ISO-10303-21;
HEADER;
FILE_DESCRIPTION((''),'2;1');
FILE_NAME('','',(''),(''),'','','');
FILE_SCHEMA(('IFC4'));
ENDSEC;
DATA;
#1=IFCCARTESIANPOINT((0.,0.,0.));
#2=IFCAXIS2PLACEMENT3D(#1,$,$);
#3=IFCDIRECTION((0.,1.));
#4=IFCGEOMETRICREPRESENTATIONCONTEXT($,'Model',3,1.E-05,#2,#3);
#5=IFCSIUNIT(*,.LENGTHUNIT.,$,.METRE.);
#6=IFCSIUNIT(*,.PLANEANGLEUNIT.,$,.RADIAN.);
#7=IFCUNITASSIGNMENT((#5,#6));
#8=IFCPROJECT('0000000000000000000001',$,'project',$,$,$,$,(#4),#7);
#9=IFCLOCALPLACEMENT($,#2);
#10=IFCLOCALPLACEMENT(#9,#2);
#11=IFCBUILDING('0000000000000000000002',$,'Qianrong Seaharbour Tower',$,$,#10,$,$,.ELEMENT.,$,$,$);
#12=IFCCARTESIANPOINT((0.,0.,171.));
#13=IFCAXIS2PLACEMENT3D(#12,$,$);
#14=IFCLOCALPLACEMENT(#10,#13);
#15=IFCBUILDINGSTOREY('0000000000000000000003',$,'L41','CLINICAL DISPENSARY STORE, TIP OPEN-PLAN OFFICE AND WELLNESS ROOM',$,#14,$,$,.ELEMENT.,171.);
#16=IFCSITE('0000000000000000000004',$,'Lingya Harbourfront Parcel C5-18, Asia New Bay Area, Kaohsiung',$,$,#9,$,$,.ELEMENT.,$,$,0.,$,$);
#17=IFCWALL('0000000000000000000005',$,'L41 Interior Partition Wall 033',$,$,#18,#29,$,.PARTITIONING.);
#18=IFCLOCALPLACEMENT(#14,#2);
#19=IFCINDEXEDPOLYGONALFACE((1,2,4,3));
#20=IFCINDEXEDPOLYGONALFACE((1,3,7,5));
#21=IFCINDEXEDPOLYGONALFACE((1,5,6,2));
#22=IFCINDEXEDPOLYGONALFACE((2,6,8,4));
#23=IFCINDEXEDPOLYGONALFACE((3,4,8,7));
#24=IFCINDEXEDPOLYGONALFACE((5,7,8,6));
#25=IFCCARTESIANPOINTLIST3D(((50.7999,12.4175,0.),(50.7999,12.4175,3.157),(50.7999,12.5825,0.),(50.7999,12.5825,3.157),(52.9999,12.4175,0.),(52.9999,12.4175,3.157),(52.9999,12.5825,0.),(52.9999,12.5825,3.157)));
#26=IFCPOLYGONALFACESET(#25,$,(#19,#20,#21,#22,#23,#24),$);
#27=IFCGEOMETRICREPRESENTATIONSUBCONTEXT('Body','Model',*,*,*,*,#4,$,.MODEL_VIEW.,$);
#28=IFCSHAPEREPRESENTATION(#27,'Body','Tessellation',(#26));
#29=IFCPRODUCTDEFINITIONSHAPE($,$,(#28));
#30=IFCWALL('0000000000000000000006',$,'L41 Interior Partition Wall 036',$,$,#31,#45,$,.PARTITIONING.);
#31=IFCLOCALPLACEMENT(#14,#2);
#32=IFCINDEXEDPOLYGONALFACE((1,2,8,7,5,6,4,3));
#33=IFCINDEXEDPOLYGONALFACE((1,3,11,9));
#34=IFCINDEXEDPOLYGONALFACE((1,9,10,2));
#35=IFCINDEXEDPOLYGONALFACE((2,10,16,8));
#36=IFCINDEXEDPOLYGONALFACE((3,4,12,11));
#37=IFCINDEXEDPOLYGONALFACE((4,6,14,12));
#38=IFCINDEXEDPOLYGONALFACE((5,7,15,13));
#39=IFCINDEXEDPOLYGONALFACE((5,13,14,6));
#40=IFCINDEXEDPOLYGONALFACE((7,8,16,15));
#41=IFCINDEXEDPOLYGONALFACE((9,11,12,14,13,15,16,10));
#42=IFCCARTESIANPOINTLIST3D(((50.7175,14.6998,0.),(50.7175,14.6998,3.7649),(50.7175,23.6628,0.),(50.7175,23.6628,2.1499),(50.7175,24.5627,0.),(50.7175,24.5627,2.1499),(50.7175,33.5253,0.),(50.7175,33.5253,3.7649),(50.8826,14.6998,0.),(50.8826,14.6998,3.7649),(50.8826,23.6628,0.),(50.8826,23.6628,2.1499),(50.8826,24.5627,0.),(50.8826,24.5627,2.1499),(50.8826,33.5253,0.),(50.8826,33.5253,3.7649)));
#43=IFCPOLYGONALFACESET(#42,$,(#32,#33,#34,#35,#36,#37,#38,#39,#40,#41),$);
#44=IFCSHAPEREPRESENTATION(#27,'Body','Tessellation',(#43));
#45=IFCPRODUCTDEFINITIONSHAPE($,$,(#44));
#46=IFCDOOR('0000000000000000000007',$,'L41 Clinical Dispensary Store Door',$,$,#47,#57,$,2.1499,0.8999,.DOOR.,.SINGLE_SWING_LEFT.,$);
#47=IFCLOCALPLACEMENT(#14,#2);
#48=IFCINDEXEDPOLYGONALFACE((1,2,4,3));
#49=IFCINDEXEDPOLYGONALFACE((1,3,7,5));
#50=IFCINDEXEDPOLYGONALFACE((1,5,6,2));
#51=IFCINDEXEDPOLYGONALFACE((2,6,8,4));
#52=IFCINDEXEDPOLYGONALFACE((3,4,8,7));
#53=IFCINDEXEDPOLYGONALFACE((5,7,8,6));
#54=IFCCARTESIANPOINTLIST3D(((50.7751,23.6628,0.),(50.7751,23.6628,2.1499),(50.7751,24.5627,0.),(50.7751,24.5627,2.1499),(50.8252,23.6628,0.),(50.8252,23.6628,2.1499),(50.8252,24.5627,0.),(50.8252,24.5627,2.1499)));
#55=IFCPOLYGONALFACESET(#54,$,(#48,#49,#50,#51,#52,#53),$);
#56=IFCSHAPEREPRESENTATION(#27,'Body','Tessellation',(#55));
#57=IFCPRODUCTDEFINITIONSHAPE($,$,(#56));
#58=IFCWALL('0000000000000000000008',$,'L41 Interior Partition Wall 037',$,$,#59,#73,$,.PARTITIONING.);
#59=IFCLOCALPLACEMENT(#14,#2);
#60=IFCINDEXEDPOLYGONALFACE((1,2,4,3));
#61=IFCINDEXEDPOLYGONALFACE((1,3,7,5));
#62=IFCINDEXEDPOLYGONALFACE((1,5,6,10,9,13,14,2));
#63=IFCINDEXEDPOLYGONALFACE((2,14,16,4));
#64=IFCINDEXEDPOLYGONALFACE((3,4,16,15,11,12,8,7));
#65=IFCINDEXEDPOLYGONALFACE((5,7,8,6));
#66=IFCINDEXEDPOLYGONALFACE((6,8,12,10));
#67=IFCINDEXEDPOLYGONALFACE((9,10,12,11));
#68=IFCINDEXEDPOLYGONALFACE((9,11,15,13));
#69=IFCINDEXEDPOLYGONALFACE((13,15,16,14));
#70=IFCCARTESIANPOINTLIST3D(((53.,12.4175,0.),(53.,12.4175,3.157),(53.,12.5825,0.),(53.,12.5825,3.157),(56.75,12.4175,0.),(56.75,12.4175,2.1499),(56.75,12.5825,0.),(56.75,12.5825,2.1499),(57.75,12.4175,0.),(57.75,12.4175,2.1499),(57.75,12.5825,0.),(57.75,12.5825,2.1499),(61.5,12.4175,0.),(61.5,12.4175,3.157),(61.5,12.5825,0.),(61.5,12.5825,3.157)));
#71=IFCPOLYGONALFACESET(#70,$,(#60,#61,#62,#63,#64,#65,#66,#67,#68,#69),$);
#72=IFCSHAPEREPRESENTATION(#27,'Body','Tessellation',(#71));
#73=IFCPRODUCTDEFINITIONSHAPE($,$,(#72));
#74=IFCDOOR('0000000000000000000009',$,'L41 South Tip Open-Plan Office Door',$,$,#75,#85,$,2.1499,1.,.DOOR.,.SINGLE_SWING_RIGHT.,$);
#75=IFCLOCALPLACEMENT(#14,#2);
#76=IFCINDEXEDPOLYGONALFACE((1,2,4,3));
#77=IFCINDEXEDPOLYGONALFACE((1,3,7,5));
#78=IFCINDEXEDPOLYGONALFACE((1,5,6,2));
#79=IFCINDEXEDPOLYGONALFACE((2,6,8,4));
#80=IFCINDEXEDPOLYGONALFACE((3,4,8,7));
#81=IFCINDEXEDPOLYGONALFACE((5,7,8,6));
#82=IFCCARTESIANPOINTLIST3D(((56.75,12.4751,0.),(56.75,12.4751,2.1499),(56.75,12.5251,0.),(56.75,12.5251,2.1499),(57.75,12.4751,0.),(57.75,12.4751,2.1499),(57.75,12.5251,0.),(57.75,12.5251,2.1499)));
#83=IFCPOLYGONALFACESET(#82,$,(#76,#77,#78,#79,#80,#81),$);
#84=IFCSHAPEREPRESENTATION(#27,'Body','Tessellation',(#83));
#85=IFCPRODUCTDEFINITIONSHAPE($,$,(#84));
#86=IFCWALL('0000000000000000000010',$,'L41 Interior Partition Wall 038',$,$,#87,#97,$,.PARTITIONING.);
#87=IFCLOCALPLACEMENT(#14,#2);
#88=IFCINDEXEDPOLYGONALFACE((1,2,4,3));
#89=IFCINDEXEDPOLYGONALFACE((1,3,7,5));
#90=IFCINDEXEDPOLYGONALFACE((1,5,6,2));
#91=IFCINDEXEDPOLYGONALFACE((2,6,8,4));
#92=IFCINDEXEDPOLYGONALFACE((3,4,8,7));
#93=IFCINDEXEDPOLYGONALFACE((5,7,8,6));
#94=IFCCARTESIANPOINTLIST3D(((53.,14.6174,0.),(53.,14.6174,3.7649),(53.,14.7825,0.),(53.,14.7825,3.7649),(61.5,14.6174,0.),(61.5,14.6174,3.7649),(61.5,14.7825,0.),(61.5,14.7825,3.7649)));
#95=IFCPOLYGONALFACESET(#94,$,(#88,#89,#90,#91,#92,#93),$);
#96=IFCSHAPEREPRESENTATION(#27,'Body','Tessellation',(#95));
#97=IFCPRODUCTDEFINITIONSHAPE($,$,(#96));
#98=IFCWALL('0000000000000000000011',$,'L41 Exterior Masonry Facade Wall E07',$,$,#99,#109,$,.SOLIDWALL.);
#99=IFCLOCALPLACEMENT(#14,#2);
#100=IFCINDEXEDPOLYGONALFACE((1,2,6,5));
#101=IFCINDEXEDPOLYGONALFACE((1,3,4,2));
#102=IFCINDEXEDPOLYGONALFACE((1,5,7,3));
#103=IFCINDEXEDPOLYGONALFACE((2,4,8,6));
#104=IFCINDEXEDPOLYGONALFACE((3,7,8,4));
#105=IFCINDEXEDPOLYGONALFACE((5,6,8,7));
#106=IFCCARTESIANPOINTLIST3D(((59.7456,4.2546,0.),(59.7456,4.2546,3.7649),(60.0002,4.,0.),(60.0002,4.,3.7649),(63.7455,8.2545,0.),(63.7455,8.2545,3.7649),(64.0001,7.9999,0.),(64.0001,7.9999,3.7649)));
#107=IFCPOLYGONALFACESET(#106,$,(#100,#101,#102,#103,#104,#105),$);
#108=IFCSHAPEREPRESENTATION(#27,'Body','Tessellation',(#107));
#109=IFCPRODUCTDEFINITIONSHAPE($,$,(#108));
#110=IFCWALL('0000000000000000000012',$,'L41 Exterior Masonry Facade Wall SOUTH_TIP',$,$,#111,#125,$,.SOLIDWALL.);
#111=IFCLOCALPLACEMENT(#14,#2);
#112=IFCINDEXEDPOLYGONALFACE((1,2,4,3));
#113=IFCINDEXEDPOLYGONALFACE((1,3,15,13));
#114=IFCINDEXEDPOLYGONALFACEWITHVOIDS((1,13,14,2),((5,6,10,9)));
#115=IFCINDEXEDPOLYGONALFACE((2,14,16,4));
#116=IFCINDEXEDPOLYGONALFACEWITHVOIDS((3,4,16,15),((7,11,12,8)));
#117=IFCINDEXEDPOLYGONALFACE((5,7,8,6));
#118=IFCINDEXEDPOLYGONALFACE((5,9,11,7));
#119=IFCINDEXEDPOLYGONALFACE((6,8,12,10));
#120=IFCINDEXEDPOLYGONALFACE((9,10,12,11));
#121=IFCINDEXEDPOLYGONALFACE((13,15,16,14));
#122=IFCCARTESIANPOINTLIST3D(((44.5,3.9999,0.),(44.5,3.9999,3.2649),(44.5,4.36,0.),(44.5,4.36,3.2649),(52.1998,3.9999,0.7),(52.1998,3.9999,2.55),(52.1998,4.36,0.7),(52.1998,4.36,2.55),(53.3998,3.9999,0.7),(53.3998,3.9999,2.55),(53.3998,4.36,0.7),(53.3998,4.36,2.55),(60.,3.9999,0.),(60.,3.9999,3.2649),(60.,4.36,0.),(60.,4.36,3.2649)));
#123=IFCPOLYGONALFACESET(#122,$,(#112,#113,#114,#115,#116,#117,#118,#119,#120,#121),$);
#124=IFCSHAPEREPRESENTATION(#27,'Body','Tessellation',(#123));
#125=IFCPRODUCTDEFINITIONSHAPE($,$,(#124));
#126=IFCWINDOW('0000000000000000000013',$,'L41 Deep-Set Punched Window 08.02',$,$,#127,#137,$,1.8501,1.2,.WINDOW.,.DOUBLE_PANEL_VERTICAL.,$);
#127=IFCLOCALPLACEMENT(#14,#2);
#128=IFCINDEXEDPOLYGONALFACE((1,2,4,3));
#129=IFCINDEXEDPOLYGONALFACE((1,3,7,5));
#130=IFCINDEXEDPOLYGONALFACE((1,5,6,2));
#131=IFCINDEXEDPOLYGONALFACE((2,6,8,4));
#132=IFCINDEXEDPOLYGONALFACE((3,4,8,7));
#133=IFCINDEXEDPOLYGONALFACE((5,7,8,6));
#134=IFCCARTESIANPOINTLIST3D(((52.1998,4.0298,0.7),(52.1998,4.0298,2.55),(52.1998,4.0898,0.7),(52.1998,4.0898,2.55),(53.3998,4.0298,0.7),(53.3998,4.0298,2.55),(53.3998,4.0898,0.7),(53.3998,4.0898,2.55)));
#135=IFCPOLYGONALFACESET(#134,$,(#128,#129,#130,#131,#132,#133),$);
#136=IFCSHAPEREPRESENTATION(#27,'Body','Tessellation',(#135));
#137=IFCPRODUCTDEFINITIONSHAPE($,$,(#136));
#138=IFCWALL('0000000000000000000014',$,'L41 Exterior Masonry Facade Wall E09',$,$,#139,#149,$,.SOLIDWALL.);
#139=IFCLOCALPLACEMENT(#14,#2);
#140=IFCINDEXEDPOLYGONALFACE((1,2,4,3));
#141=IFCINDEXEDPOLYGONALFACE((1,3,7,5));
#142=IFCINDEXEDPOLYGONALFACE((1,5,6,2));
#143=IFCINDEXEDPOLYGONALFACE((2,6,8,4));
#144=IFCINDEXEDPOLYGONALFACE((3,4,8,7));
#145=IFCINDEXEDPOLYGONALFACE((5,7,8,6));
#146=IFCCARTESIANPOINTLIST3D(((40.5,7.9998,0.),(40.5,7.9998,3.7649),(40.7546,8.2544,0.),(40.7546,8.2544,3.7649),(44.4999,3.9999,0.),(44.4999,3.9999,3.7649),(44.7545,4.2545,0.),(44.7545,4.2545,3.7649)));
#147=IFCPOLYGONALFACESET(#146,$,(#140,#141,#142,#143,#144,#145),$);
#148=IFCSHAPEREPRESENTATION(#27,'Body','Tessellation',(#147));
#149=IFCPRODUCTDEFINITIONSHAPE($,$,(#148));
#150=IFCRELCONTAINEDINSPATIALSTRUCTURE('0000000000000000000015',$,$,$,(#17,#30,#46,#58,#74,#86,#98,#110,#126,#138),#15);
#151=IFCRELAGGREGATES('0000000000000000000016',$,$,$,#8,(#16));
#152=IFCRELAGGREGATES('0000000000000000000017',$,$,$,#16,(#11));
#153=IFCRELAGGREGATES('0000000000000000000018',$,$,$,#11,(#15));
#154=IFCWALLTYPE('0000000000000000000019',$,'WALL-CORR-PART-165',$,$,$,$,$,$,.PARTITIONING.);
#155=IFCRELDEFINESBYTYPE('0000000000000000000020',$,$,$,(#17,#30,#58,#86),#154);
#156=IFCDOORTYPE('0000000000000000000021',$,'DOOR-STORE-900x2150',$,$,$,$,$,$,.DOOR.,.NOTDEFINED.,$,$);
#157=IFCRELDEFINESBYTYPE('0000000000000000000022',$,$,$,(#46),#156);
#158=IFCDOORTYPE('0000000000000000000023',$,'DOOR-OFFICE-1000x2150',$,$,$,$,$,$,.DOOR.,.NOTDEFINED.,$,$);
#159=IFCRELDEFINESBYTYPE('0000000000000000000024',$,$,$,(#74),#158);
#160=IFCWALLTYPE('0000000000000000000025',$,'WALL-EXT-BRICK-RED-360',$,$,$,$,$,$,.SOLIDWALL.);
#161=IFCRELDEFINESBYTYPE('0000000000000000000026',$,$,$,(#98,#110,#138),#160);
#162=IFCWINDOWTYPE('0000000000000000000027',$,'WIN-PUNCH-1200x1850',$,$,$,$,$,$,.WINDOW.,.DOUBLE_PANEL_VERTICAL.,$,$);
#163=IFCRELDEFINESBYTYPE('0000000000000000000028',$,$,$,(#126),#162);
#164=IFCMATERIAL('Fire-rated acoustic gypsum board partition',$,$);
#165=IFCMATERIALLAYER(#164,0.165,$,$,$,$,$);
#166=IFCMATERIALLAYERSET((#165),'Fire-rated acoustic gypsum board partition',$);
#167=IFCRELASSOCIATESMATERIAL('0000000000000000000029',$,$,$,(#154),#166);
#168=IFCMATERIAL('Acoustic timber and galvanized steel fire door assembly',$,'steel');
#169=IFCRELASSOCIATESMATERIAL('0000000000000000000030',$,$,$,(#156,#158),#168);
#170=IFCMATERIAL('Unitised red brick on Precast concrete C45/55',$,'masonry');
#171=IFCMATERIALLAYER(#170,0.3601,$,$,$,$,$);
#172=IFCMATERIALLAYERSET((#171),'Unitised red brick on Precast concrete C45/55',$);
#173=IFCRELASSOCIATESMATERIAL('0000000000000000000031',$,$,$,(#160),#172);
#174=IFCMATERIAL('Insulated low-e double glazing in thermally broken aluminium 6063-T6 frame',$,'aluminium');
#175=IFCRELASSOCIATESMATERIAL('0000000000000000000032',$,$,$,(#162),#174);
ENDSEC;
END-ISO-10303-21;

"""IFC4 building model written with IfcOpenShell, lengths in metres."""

from ifc_helpers import new_model, si_unit, direction, frame, frame_2d, origin, place, context, subcontext, project, spatial, rectangle, extrude, material, layer, layer_set, type_object, element, fill, save


model = new_model("IFC4")

# Units and contexts
model_context = context("Model", 3, precision=1e-05, world=origin(), true_north=direction((0.0, 1.0)))
body_context = subcontext(model_context, "Body", "Model", "MODEL_VIEW")
ifc_project = project(units=[si_unit("LENGTHUNIT", "METRE"), si_unit("PLANEANGLEUNIT", "RADIAN")], contexts=[model_context])

# Site, building, storey
site_placement = place(None, origin())
site = spatial("IfcSite", under=ifc_project, at=site_placement, Name="Lingya Harbourfront Parcel C5-18, Asia New Bay Area, Kaohsiung", CompositionType="ELEMENT", RefElevation=0.0)
building_placement = place(site_placement, origin())
building = spatial("IfcBuilding", under=site, at=building_placement, Name="Qianrong Seaharbour Tower", CompositionType="ELEMENT")
storey_placement = place(building_placement, frame((0.0, 0.0, 171.0)))
storey = spatial("IfcBuildingStorey", under=building, at=storey_placement, Name="L41", Description="CLINICAL DISPENSARY STORE, TIP OPEN-PLAN OFFICE AND WELLNESS ROOM", CompositionType="ELEMENT", Elevation=171.0)

# Wall
ifc_material_1 = material(Name="Fire-rated acoustic gypsum board partition")
ifc_layer_1 = layer(ifc_material_1, 0.165)
ifc_layer_set_1 = layer_set([ifc_layer_1], Name="Fire-rated acoustic gypsum board partition")
wall_type_1 = type_object("IfcWallType", Name="WALL-CORR-PART-165", PredefinedType="PARTITIONING", material=ifc_layer_set_1)
wall_1_placement = place(storey_placement, frame((53.0, 12.5, 0.0), z_axis=(0.0, 0.0, 1.0), x_axis=(-1.0, 0.0, 0.0)))
element("IfcWall", 1, at=wall_1_placement, inside=storey, type_object=wall_type_1, Name="L41 Interior Partition Wall 033", PredefinedType="PARTITIONING", context=body_context, shape_type="SweptSolid", body=[
    extrude(rectangle(XDim=2.2, YDim=0.165, at=frame_2d((1.1001, 0.0))), origin(), (0.0, 0.0, 1.0), 3.157),
])

# Walls, openings, doors
wall_2_placement = place(storey_placement, frame((50.8, 14.7, 0.0), z_axis=(0.0, 0.0, 1.0), x_axis=(0.0, 1.0, 0.0)))
wall_2 = element("IfcWall", 2, at=wall_2_placement, inside=storey, type_object=wall_type_1, Name="L41 Interior Partition Wall 036", PredefinedType="PARTITIONING", context=body_context, shape_type="SweptSolid", body=[
    extrude(rectangle(XDim=18.8254, YDim=0.165, at=frame_2d((9.4126, 0.0))), origin(), (0.0, 0.0, 1.0), 3.7649),
])
opening_1_placement = place(wall_2_placement, frame((8.9629, 0.0, 0.0)))
opening_1 = element("IfcOpeningElement", 3, at=opening_1_placement, cuts=wall_2, PredefinedType="OPENING", context=body_context, shape_type="SweptSolid", body=[
    extrude(rectangle(XDim=0.8999, YDim=2.1499, at=frame_2d((0.45, 1.075))), frame((0.0, 0.0925, 0.0), z_axis=(0.0, -1.0, 0.0), x_axis=(1.0, 0.0, 0.0)), (0.0, 0.0, 1.0), 0.1851),
])
ifc_material_2 = material(Name="Acoustic timber and galvanized steel fire door assembly", Category="steel")
door_type_1 = type_object("IfcDoorType", Name="DOOR-STORE-900x2150", OperationType="NOTDEFINED", PredefinedType="DOOR", material=ifc_material_2)
door_1_placement = place(opening_1_placement, origin())
door_1 = element("IfcDoor", 4, at=door_1_placement, inside=storey, type_object=door_type_1, Name="L41 Clinical Dispensary Store Door", OperationType="SINGLE_SWING_LEFT", OverallHeight=2.1499, OverallWidth=0.8999, PredefinedType="DOOR", context=body_context, shape_type="SweptSolid", body=[
    extrude(rectangle(XDim=0.8999, YDim=2.1499, at=frame_2d((0.45, 1.075))), frame((0.0, 0.0249, 0.0), z_axis=(0.0, -1.0, 0.0), x_axis=(1.0, 0.0, 0.0)), (0.0, 0.0, 1.0), 0.05),
])
fill(opening_1, door_1)
wall_3_placement = place(storey_placement, frame((61.5, 12.5, 0.0), z_axis=(0.0, 0.0, 1.0), x_axis=(-1.0, 0.0, 0.0)))
wall_3 = element("IfcWall", 5, at=wall_3_placement, inside=storey, type_object=wall_type_1, Name="L41 Interior Partition Wall 037", PredefinedType="PARTITIONING", context=body_context, shape_type="SweptSolid", body=[
    extrude(rectangle(XDim=8.5, YDim=0.165, at=frame_2d((4.25, 0.0))), origin(), (0.0, 0.0, 1.0), 3.157),
])
opening_2_placement = place(wall_3_placement, frame((3.75, 0.0, 0.0)))
opening_2 = element("IfcOpeningElement", 6, at=opening_2_placement, cuts=wall_3, PredefinedType="OPENING", context=body_context, shape_type="SweptSolid", body=[
    extrude(rectangle(XDim=1.0, YDim=2.1499, at=frame_2d((0.5, 1.075))), frame((0.0, 0.0925, 0.0), z_axis=(0.0, -1.0, 0.0), x_axis=(1.0, 0.0, 0.0)), (0.0, 0.0, 1.0), 0.1851),
])
door_type_2 = type_object("IfcDoorType", Name="DOOR-OFFICE-1000x2150", OperationType="NOTDEFINED", PredefinedType="DOOR", material=ifc_material_2)
door_2_placement = place(opening_2_placement, origin())
door_2 = element("IfcDoor", 7, at=door_2_placement, inside=storey, type_object=door_type_2, Name="L41 South Tip Open-Plan Office Door", OperationType="SINGLE_SWING_RIGHT", OverallHeight=2.1499, OverallWidth=1.0, PredefinedType="DOOR", context=body_context, shape_type="SweptSolid", body=[
    extrude(rectangle(XDim=1.0, YDim=2.1499, at=frame_2d((0.5, 1.075))), frame((0.0, 0.0249, 0.0), z_axis=(0.0, -1.0, 0.0), x_axis=(1.0, 0.0, 0.0)), (0.0, 0.0, 1.0), 0.05),
])
fill(opening_2, door_2)

# Walls
wall_4_placement = place(storey_placement, frame((53.0, 14.7, 0.0), z_axis=(0.0, 0.0, 1.0), x_axis=(1.0, 0.0, 0.0)))
element("IfcWall", 8, at=wall_4_placement, inside=storey, type_object=wall_type_1, Name="L41 Interior Partition Wall 038", PredefinedType="PARTITIONING", context=body_context, shape_type="SweptSolid", body=[
    extrude(rectangle(XDim=8.5, YDim=0.165, at=frame_2d((4.25, 0.0))), origin(), (0.0, 0.0, 1.0), 3.7649),
])
ifc_material_3 = material(Name="Unitised red brick on Precast concrete C45/55", Category="masonry")
ifc_layer_2 = layer(ifc_material_3, 0.3601)
ifc_layer_set_2 = layer_set([ifc_layer_2], Name="Unitised red brick on Precast concrete C45/55")
wall_type_2 = type_object("IfcWallType", Name="WALL-EXT-BRICK-RED-360", PredefinedType="SOLIDWALL", material=ifc_layer_set_2)
wall_5_placement = place(storey_placement, frame((63.8728, 8.1272, 0.0), z_axis=(0.0, 0.0, 1.0), x_axis=(-0.707107, -0.707107, 0.0)))
element("IfcWall", 9, at=wall_5_placement, inside=storey, type_object=wall_type_2, Name="L41 Exterior Masonry Facade Wall E07", PredefinedType="SOLIDWALL", context=body_context, shape_type="SweptSolid", body=[
    extrude(rectangle(XDim=5.6567, YDim=0.3601, at=frame_2d((2.8284, 0.0))), origin(), (0.0, 0.0, 1.0), 3.7649),
])

# Wall, opening, window
wall_6_placement = place(storey_placement, frame((60.0, 4.1799, 0.0), z_axis=(0.0, 0.0, 1.0), x_axis=(-1.0, 0.0, 0.0)))
wall_6 = element("IfcWall", 10, at=wall_6_placement, inside=storey, type_object=wall_type_2, Name="L41 Exterior Masonry Facade Wall SOUTH_TIP", PredefinedType="SOLIDWALL", context=body_context, shape_type="SweptSolid", body=[
    extrude(rectangle(XDim=15.5, YDim=0.3601, at=frame_2d((7.75, 0.0))), origin(), (0.0, 0.0, 1.0), 3.2649),
])
opening_3_placement = place(wall_6_placement, frame((6.6001, 0.0, 0.7)))
opening_3 = element("IfcOpeningElement", 11, at=opening_3_placement, cuts=wall_6, PredefinedType="OPENING", context=body_context, shape_type="SweptSolid", body=[
    extrude(rectangle(XDim=1.2, YDim=1.8501, at=frame_2d((0.6001, 0.925))), frame((0.0, 0.1899, 0.0), z_axis=(0.0, -1.0, 0.0), x_axis=(1.0, 0.0, 0.0)), (0.0, 0.0, 1.0), 0.3801),
])
ifc_material_4 = material(Name="Insulated low-e double glazing in thermally broken aluminium 6063-T6 frame", Category="aluminium")
window_type = type_object("IfcWindowType", Name="WIN-PUNCH-1200x1850", PartitioningType="DOUBLE_PANEL_VERTICAL", PredefinedType="WINDOW", material=ifc_material_4)
window_placement = place(opening_3_placement, origin())
window = element("IfcWindow", 12, at=window_placement, inside=storey, type_object=window_type, Name="L41 Deep-Set Punched Window 08.02", OverallHeight=1.8501, OverallWidth=1.2, PartitioningType="DOUBLE_PANEL_VERTICAL", PredefinedType="WINDOW", context=body_context, shape_type="SweptSolid", body=[
    extrude(rectangle(XDim=1.2, YDim=1.8501, at=frame_2d((0.6001, 0.925))), frame((0.0, 0.1501, 0.0), z_axis=(0.0, -1.0, 0.0), x_axis=(1.0, 0.0, 0.0)), (0.0, 0.0, 1.0), 0.0601),
])
fill(opening_3, window)

# Wall
wall_7_placement = place(storey_placement, frame((44.6272, 4.1272, 0.0), z_axis=(0.0, 0.0, 1.0), x_axis=(-0.707107, 0.707107, 0.0)))
element("IfcWall", 13, at=wall_7_placement, inside=storey, type_object=wall_type_2, Name="L41 Exterior Masonry Facade Wall E09", PredefinedType="SOLIDWALL", context=body_context, shape_type="SweptSolid", body=[
    extrude(rectangle(XDim=5.6567, YDim=0.3601, at=frame_2d((2.8284, 0.0))), origin(), (0.0, 0.0, 1.0), 3.7649),
])

save(model, "model.ifc")
